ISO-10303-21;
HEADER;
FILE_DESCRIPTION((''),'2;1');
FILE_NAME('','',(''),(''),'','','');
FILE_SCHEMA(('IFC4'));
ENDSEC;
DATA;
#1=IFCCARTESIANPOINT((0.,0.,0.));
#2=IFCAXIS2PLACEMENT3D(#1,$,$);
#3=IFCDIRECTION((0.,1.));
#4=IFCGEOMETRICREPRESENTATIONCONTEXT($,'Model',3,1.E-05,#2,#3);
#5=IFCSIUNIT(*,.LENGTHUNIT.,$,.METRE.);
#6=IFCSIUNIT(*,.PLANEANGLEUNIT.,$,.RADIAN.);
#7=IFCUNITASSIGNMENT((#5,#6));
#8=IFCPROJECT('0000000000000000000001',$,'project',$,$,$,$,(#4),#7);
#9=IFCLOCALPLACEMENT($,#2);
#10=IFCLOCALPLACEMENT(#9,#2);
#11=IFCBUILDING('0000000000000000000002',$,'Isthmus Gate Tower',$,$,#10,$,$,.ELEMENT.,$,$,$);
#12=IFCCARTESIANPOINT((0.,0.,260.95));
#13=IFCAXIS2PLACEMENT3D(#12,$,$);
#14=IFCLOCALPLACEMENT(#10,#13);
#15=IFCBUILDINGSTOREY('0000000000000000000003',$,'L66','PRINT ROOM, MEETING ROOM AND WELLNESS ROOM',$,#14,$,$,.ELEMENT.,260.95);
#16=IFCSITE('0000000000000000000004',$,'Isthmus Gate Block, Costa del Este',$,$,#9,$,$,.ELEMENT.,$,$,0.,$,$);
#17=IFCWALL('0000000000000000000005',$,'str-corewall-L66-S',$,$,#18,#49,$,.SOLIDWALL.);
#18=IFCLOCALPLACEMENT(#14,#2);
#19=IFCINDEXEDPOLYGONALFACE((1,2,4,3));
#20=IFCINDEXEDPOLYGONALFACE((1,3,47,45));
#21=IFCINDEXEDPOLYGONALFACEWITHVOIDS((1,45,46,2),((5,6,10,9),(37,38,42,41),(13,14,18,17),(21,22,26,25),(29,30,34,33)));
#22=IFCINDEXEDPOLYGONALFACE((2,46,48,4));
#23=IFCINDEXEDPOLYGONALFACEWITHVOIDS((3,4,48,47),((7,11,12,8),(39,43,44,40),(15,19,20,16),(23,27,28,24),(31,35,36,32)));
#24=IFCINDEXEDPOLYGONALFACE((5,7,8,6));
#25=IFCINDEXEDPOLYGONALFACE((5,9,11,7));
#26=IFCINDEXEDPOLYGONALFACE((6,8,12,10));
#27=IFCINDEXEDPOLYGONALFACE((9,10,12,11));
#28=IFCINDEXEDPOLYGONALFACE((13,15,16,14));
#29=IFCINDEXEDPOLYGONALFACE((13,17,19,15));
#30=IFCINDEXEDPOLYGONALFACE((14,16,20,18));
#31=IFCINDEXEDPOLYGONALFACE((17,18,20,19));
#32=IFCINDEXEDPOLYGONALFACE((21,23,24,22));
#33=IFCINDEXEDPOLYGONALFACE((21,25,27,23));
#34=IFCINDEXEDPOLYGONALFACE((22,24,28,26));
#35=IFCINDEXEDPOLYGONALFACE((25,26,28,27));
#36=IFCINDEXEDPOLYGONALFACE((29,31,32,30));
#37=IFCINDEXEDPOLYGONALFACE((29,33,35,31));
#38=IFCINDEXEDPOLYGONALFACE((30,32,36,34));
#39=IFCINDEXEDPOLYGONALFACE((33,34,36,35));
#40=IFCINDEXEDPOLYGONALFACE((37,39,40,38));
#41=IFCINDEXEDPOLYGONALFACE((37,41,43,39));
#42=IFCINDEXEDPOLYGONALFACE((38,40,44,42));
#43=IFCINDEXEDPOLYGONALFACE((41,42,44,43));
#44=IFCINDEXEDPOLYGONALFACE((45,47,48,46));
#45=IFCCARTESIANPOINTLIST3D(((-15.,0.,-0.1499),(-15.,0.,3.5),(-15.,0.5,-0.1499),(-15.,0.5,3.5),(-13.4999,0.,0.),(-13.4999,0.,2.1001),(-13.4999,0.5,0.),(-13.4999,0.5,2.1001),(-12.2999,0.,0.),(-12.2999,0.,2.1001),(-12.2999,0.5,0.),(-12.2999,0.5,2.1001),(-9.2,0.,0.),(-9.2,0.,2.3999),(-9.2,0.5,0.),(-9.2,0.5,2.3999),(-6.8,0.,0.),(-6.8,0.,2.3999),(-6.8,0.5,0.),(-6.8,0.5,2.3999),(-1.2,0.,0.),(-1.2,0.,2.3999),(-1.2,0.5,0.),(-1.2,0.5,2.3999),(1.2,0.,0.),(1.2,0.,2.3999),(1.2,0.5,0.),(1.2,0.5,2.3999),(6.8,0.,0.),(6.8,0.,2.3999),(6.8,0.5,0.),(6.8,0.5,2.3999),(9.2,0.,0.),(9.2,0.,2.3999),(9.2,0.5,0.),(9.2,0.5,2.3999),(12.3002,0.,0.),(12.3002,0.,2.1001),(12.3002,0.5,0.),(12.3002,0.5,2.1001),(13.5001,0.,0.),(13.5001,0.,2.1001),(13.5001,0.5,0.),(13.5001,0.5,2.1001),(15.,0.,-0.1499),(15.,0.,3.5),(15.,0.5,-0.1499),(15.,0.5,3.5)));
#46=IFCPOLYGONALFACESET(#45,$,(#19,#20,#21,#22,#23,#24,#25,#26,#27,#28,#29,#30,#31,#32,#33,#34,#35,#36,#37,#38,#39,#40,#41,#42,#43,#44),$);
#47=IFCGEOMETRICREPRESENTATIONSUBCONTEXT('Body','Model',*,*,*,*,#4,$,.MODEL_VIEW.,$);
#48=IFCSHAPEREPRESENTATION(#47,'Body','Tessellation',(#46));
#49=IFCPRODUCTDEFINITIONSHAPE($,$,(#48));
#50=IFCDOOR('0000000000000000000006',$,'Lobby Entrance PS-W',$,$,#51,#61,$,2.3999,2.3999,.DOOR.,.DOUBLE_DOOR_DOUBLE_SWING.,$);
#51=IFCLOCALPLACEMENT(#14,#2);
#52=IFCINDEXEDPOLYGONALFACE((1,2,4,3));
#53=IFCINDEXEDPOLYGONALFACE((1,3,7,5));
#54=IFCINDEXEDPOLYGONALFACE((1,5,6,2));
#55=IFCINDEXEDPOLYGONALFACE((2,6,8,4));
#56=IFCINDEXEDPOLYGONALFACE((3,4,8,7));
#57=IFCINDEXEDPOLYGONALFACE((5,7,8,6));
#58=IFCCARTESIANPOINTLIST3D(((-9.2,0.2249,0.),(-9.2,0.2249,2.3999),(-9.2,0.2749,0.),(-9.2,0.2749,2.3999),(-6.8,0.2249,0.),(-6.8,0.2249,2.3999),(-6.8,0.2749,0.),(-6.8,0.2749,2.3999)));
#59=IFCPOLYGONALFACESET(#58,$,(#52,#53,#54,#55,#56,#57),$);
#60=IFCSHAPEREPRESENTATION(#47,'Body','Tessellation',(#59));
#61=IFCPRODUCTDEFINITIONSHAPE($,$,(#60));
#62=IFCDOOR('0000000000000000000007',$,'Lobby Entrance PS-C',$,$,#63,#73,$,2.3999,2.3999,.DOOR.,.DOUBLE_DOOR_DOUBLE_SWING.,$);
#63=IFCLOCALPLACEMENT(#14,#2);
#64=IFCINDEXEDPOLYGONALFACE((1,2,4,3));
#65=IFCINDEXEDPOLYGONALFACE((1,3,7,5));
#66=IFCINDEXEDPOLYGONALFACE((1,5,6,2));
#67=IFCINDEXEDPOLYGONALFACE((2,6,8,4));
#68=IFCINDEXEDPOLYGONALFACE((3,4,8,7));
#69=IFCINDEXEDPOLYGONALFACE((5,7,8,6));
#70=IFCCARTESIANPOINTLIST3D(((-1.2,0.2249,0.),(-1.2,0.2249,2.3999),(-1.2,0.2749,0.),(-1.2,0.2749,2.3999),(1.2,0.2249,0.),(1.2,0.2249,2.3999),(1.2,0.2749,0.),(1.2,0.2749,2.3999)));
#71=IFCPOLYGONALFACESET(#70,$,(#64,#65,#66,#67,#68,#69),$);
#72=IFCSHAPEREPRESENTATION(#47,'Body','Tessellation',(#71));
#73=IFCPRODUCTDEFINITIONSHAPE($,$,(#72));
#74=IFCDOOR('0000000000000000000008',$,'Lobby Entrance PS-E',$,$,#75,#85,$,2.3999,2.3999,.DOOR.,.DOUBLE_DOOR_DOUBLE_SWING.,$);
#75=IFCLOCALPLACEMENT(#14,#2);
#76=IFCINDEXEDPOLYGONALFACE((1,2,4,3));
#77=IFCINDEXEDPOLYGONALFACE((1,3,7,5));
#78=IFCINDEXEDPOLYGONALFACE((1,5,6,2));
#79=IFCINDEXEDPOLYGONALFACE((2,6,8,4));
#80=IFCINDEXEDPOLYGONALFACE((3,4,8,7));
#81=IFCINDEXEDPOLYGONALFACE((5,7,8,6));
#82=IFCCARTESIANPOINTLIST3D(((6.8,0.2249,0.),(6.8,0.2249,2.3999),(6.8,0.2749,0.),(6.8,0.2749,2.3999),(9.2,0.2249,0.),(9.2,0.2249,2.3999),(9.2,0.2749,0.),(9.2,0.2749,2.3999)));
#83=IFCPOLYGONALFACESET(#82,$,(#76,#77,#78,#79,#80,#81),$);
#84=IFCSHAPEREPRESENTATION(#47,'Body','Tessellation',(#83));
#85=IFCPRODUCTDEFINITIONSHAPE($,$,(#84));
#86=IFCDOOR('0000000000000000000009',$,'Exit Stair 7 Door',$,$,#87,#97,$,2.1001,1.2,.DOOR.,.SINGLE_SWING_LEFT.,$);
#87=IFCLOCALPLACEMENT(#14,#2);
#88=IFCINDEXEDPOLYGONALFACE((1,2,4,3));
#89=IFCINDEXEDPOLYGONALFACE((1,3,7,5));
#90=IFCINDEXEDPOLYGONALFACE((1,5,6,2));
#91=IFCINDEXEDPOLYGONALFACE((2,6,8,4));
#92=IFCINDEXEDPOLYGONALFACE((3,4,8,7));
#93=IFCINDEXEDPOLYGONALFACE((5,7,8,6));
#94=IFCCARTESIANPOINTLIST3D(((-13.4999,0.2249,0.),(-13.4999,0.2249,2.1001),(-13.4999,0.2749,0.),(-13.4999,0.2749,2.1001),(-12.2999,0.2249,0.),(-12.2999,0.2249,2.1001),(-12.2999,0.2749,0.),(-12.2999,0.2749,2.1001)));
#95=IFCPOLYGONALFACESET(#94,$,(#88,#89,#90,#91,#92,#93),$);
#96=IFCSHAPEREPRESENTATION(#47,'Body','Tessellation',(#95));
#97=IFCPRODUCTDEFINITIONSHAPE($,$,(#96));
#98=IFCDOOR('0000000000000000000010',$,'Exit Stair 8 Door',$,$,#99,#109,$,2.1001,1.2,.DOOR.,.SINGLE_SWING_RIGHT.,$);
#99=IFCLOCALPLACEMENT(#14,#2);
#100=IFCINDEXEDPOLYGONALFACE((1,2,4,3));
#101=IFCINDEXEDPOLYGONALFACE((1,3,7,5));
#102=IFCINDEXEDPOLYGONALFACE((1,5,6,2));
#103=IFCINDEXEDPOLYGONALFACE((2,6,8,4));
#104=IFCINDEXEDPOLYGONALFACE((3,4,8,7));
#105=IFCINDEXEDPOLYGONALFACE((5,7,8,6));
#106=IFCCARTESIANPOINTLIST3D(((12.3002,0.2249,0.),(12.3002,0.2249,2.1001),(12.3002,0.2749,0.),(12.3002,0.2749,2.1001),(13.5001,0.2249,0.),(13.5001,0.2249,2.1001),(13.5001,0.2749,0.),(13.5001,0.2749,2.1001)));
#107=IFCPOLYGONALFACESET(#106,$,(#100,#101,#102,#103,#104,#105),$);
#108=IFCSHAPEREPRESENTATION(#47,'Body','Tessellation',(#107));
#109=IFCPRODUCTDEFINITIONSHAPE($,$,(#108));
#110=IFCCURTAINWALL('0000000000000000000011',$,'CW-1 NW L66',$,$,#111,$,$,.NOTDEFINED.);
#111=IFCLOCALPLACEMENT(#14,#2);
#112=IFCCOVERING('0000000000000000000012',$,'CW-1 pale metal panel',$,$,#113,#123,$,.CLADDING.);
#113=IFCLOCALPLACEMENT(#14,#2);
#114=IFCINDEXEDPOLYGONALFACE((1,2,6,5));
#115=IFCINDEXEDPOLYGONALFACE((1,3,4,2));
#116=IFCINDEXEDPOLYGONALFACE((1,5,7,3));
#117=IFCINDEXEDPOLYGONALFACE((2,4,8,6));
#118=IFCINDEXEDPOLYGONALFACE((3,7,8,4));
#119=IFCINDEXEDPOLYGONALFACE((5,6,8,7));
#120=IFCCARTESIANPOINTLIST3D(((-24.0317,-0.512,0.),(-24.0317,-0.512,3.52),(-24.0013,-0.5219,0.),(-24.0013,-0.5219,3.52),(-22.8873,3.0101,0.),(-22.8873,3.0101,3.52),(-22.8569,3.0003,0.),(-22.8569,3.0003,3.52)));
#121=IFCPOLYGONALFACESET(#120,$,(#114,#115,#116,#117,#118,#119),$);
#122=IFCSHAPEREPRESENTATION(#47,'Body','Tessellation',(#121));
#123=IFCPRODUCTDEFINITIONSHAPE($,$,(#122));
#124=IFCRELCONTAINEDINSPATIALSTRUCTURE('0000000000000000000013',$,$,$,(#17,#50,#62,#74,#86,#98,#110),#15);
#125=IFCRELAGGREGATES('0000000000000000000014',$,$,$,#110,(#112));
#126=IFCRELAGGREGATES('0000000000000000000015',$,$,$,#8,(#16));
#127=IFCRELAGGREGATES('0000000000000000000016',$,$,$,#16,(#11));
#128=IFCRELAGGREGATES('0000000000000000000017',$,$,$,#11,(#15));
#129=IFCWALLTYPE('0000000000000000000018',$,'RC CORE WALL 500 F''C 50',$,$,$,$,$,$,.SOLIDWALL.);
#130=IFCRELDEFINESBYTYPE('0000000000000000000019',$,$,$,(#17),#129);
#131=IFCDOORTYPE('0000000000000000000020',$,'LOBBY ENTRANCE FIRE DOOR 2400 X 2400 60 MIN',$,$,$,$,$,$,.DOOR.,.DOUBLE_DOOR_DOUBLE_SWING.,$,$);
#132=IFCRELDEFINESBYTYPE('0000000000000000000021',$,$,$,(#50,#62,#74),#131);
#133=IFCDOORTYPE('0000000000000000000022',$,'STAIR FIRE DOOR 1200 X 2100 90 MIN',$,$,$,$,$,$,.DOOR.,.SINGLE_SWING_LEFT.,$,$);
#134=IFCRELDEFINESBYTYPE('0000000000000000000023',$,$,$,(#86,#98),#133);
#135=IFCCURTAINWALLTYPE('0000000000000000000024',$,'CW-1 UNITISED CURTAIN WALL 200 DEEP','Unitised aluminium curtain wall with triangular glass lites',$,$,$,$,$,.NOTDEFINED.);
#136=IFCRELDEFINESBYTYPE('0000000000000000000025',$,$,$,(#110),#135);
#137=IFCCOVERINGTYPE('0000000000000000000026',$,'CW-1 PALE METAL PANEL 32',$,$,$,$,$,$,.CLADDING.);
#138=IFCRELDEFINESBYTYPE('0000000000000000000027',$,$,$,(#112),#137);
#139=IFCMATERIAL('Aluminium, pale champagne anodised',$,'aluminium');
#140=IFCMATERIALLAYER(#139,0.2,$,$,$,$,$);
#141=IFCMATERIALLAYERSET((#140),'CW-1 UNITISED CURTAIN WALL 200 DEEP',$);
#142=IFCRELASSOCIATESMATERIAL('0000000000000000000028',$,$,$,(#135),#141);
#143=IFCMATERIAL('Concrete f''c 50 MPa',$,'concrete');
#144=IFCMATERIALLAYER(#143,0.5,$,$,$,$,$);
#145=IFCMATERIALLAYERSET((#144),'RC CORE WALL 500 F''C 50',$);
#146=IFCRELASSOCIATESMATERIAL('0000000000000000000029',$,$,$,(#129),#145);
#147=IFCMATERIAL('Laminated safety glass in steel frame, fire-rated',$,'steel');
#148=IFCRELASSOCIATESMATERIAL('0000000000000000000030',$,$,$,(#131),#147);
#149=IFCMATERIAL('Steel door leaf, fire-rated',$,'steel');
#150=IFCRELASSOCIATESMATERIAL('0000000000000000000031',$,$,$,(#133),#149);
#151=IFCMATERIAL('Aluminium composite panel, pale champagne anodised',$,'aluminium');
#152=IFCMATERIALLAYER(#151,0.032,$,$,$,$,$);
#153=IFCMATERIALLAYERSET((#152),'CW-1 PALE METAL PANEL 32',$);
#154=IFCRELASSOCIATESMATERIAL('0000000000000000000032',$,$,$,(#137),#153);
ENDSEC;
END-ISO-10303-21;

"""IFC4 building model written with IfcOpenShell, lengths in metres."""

from ifc_helpers import new_model, si_unit, direction, frame, frame_2d, origin, origin_2d, place, context, subcontext, project, spatial, rectangle, extrude, material, layer, layer_set, type_object, element, fill, aggregate, save


model = new_model("IFC4")

# Units and contexts
model_context = context("Model", 3, precision=1e-05, world=origin(), true_north=direction((0.0, 1.0)))
body_context = subcontext(model_context, "Body", "Model", "MODEL_VIEW")
ifc_project = project(units=[si_unit("LENGTHUNIT", "METRE"), si_unit("PLANEANGLEUNIT", "RADIAN")], contexts=[model_context])

# Site, building, storey
site_placement = place(None, origin())
site = spatial("IfcSite", under=ifc_project, at=site_placement, Name="Isthmus Gate Block, Costa del Este", CompositionType="ELEMENT", RefElevation=0.0)
building_placement = place(site_placement, origin())
building = spatial("IfcBuilding", under=site, at=building_placement, Name="Isthmus Gate Tower", CompositionType="ELEMENT")
storey_placement = place(building_placement, frame((0.0, 0.0, 260.95)))
storey = spatial("IfcBuildingStorey", under=building, at=storey_placement, Name="L66", Description="PRINT ROOM, MEETING ROOM AND WELLNESS ROOM", CompositionType="ELEMENT", Elevation=260.95)

# Shared definitions
ifc_material_1 = material(Name="Aluminium, pale champagne anodised", Category="aluminium")
ifc_layer_1 = layer(ifc_material_1, 0.2)
ifc_layer_set_1 = layer_set([ifc_layer_1], Name="CW-1 UNITISED CURTAIN WALL 200 DEEP")
curtain_wall_type = type_object("IfcCurtainWallType", Name="CW-1 UNITISED CURTAIN WALL 200 DEEP", Description="Unitised aluminium curtain wall with triangular glass lites", PredefinedType="NOTDEFINED", material=ifc_layer_set_1)

# Wall, openings, doors
ifc_material_2 = material(Name="Concrete f'c 50 MPa", Category="concrete")
ifc_layer_2 = layer(ifc_material_2, 0.5)
ifc_layer_set_2 = layer_set([ifc_layer_2], Name="RC CORE WALL 500 F'C 50")
wall_type_1 = type_object("IfcWallType", Name="RC CORE WALL 500 F'C 50", PredefinedType="SOLIDWALL", material=ifc_layer_set_2)
wall_1_placement = place(storey_placement, frame((-15.0, 0.25, -0.1499), z_axis=(0.0, 0.0, 1.0), x_axis=(1.0, 0.0, 0.0)))
wall_1 = element("IfcWall", 1, at=wall_1_placement, inside=storey, type_object=wall_type_1, Name="str-corewall-L66-S", PredefinedType="SOLIDWALL", context=body_context, shape_type="SweptSolid", body=[
    extrude(rectangle(XDim=30.0, YDim=0.5, at=frame_2d((15.0, 0.0))), origin(), (0.0, 0.0, 1.0), 3.6499),
])
opening_1_placement = place(wall_1_placement, frame((5.8, 0.0, 0.1499)))
opening_1 = element("IfcOpeningElement", 2, at=opening_1_placement, cuts=wall_1, PredefinedType="OPENING", context=body_context, shape_type="SweptSolid", body=[
    extrude(rectangle(XDim=2.3999, YDim=2.3999, at=frame_2d((1.2, 1.2))), frame((0.0, 0.26, 0.0), z_axis=(0.0, -1.0, 0.0), x_axis=(1.0, 0.0, 0.0)), (0.0, 0.0, 1.0), 0.52),
])
opening_2_placement = place(wall_1_placement, frame((13.8, 0.0, 0.1499)))
opening_2 = element("IfcOpeningElement", 3, at=opening_2_placement, cuts=wall_1, PredefinedType="OPENING", context=body_context, shape_type="SweptSolid", body=[
    extrude(rectangle(XDim=2.3999, YDim=2.3999, at=frame_2d((1.2, 1.2))), frame((0.0, 0.26, 0.0), z_axis=(0.0, -1.0, 0.0), x_axis=(1.0, 0.0, 0.0)), (0.0, 0.0, 1.0), 0.52),
])
opening_3_placement = place(wall_1_placement, frame((21.8, 0.0, 0.1499)))
opening_3 = element("IfcOpeningElement", 4, at=opening_3_placement, cuts=wall_1, PredefinedType="OPENING", context=body_context, shape_type="SweptSolid", body=[
    extrude(rectangle(XDim=2.3999, YDim=2.3999, at=frame_2d((1.2, 1.2))), frame((0.0, 0.26, 0.0), z_axis=(0.0, -1.0, 0.0), x_axis=(1.0, 0.0, 0.0)), (0.0, 0.0, 1.0), 0.52),
])
opening_4_placement = place(wall_1_placement, frame((1.5, 0.0, 0.1499)))
opening_4 = element("IfcOpeningElement", 5, at=opening_4_placement, cuts=wall_1, PredefinedType="OPENING", context=body_context, shape_type="SweptSolid", body=[
    extrude(rectangle(XDim=1.2, YDim=2.1001, at=frame_2d((0.6001, 1.05))), frame((0.0, 0.26, 0.0), z_axis=(0.0, -1.0, 0.0), x_axis=(1.0, 0.0, 0.0)), (0.0, 0.0, 1.0), 0.52),
])
opening_5_placement = place(wall_1_placement, frame((27.3, 0.0, 0.1499)))
opening_5 = element("IfcOpeningElement", 6, at=opening_5_placement, cuts=wall_1, PredefinedType="OPENING", context=body_context, shape_type="SweptSolid", body=[
    extrude(rectangle(XDim=1.2, YDim=2.1001, at=frame_2d((0.6001, 1.05))), frame((0.0, 0.26, 0.0), z_axis=(0.0, -1.0, 0.0), x_axis=(1.0, 0.0, 0.0)), (0.0, 0.0, 1.0), 0.52),
])
ifc_material_3 = material(Name="Laminated safety glass in steel frame, fire-rated", Category="steel")
door_type_1 = type_object("IfcDoorType", Name="LOBBY ENTRANCE FIRE DOOR 2400 X 2400 60 MIN", OperationType="DOUBLE_DOOR_DOUBLE_SWING", PredefinedType="DOOR", material=ifc_material_3)
door_1_placement = place(opening_1_placement, origin())
door_1 = element("IfcDoor", 7, at=door_1_placement, inside=storey, type_object=door_type_1, Name="Lobby Entrance PS-W", OperationType="DOUBLE_DOOR_DOUBLE_SWING", OverallHeight=2.3999, OverallWidth=2.3999, PredefinedType="DOOR", context=body_context, shape_type="SweptSolid", body=[
    extrude(rectangle(XDim=2.3999, YDim=2.3999, at=frame_2d((1.2, 1.2))), frame((0.0, 0.0249, 0.0), z_axis=(0.0, -1.0, 0.0), x_axis=(1.0, 0.0, 0.0)), (0.0, 0.0, 1.0), 0.05),
])
fill(opening_1, door_1)
door_2_placement = place(opening_2_placement, origin())
door_2 = element("IfcDoor", 8, at=door_2_placement, inside=storey, type_object=door_type_1, Name="Lobby Entrance PS-C", OperationType="DOUBLE_DOOR_DOUBLE_SWING", OverallHeight=2.3999, OverallWidth=2.3999, PredefinedType="DOOR", context=body_context, shape_type="SweptSolid", body=[
    extrude(rectangle(XDim=2.3999, YDim=2.3999, at=frame_2d((1.2, 1.2))), frame((0.0, 0.0249, 0.0), z_axis=(0.0, -1.0, 0.0), x_axis=(1.0, 0.0, 0.0)), (0.0, 0.0, 1.0), 0.05),
])
fill(opening_2, door_2)
door_3_placement = place(opening_3_placement, origin())
door_3 = element("IfcDoor", 9, at=door_3_placement, inside=storey, type_object=door_type_1, Name="Lobby Entrance PS-E", OperationType="DOUBLE_DOOR_DOUBLE_SWING", OverallHeight=2.3999, OverallWidth=2.3999, PredefinedType="DOOR", context=body_context, shape_type="SweptSolid", body=[
    extrude(rectangle(XDim=2.3999, YDim=2.3999, at=frame_2d((1.2, 1.2))), frame((0.0, 0.0249, 0.0), z_axis=(0.0, -1.0, 0.0), x_axis=(1.0, 0.0, 0.0)), (0.0, 0.0, 1.0), 0.05),
])
fill(opening_3, door_3)
ifc_material_4 = material(Name="Steel door leaf, fire-rated", Category="steel")
door_type_2 = type_object("IfcDoorType", Name="STAIR FIRE DOOR 1200 X 2100 90 MIN", OperationType="SINGLE_SWING_LEFT", PredefinedType="DOOR", material=ifc_material_4)
door_4_placement = place(opening_4_placement, origin())
door_4 = element("IfcDoor", 10, at=door_4_placement, inside=storey, type_object=door_type_2, Name="Exit Stair 7 Door", OperationType="SINGLE_SWING_LEFT", OverallHeight=2.1001, OverallWidth=1.2, PredefinedType="DOOR", context=body_context, shape_type="SweptSolid", body=[
    extrude(rectangle(XDim=1.2, YDim=2.1001, at=frame_2d((0.6001, 1.05))), frame((0.0, 0.0249, 0.0), z_axis=(0.0, -1.0, 0.0), x_axis=(1.0, 0.0, 0.0)), (0.0, 0.0, 1.0), 0.05),
])
fill(opening_4, door_4)
door_5_placement = place(opening_5_placement, origin())
door_5 = element("IfcDoor", 11, at=door_5_placement, inside=storey, type_object=door_type_2, Name="Exit Stair 8 Door", OperationType="SINGLE_SWING_RIGHT", OverallHeight=2.1001, OverallWidth=1.2, PredefinedType="DOOR", context=body_context, shape_type="SweptSolid", body=[
    extrude(rectangle(XDim=1.2, YDim=2.1001, at=frame_2d((0.6001, 1.05))), frame((0.0, 0.0249, 0.0), z_axis=(0.0, -1.0, 0.0), x_axis=(1.0, 0.0, 0.0)), (0.0, 0.0, 1.0), 0.05),
])
fill(opening_5, door_5)

# Curtain wall, covering
curtain_wall_1_placement = place(storey_placement, origin())
curtain_wall_1 = element("IfcCurtainWall", 12, at=curtain_wall_1_placement, inside=storey, type_object=curtain_wall_type, Name="CW-1 NW L66", PredefinedType="NOTDEFINED")
ifc_material_5 = material(Name="Aluminium composite panel, pale champagne anodised", Category="aluminium")
ifc_layer_3 = layer(ifc_material_5, 0.032)
ifc_layer_set_3 = layer_set([ifc_layer_3], Name="CW-1 PALE METAL PANEL 32")
covering_type = type_object("IfcCoveringType", Name="CW-1 PALE METAL PANEL 32", PredefinedType="CLADDING", material=ifc_layer_set_3)
covering_placement = place(storey_placement, frame((-23.4443, 1.2441, 0.0), z_axis=(0.0, 0.0, 1.0), x_axis=(-0.309017, -0.951057, 0.0)))
covering = element("IfcCovering", 13, at=covering_placement, type_object=covering_type, Name="CW-1 pale metal panel", PredefinedType="CLADDING", context=body_context, shape_type="SweptSolid", body=[
    extrude(rectangle(XDim=3.7034, YDim=0.032, at=origin_2d()), origin(), (0.0, 0.0, 1.0), 3.52),
])
aggregate(curtain_wall_1, [covering])

save(model, "model.ifc")
